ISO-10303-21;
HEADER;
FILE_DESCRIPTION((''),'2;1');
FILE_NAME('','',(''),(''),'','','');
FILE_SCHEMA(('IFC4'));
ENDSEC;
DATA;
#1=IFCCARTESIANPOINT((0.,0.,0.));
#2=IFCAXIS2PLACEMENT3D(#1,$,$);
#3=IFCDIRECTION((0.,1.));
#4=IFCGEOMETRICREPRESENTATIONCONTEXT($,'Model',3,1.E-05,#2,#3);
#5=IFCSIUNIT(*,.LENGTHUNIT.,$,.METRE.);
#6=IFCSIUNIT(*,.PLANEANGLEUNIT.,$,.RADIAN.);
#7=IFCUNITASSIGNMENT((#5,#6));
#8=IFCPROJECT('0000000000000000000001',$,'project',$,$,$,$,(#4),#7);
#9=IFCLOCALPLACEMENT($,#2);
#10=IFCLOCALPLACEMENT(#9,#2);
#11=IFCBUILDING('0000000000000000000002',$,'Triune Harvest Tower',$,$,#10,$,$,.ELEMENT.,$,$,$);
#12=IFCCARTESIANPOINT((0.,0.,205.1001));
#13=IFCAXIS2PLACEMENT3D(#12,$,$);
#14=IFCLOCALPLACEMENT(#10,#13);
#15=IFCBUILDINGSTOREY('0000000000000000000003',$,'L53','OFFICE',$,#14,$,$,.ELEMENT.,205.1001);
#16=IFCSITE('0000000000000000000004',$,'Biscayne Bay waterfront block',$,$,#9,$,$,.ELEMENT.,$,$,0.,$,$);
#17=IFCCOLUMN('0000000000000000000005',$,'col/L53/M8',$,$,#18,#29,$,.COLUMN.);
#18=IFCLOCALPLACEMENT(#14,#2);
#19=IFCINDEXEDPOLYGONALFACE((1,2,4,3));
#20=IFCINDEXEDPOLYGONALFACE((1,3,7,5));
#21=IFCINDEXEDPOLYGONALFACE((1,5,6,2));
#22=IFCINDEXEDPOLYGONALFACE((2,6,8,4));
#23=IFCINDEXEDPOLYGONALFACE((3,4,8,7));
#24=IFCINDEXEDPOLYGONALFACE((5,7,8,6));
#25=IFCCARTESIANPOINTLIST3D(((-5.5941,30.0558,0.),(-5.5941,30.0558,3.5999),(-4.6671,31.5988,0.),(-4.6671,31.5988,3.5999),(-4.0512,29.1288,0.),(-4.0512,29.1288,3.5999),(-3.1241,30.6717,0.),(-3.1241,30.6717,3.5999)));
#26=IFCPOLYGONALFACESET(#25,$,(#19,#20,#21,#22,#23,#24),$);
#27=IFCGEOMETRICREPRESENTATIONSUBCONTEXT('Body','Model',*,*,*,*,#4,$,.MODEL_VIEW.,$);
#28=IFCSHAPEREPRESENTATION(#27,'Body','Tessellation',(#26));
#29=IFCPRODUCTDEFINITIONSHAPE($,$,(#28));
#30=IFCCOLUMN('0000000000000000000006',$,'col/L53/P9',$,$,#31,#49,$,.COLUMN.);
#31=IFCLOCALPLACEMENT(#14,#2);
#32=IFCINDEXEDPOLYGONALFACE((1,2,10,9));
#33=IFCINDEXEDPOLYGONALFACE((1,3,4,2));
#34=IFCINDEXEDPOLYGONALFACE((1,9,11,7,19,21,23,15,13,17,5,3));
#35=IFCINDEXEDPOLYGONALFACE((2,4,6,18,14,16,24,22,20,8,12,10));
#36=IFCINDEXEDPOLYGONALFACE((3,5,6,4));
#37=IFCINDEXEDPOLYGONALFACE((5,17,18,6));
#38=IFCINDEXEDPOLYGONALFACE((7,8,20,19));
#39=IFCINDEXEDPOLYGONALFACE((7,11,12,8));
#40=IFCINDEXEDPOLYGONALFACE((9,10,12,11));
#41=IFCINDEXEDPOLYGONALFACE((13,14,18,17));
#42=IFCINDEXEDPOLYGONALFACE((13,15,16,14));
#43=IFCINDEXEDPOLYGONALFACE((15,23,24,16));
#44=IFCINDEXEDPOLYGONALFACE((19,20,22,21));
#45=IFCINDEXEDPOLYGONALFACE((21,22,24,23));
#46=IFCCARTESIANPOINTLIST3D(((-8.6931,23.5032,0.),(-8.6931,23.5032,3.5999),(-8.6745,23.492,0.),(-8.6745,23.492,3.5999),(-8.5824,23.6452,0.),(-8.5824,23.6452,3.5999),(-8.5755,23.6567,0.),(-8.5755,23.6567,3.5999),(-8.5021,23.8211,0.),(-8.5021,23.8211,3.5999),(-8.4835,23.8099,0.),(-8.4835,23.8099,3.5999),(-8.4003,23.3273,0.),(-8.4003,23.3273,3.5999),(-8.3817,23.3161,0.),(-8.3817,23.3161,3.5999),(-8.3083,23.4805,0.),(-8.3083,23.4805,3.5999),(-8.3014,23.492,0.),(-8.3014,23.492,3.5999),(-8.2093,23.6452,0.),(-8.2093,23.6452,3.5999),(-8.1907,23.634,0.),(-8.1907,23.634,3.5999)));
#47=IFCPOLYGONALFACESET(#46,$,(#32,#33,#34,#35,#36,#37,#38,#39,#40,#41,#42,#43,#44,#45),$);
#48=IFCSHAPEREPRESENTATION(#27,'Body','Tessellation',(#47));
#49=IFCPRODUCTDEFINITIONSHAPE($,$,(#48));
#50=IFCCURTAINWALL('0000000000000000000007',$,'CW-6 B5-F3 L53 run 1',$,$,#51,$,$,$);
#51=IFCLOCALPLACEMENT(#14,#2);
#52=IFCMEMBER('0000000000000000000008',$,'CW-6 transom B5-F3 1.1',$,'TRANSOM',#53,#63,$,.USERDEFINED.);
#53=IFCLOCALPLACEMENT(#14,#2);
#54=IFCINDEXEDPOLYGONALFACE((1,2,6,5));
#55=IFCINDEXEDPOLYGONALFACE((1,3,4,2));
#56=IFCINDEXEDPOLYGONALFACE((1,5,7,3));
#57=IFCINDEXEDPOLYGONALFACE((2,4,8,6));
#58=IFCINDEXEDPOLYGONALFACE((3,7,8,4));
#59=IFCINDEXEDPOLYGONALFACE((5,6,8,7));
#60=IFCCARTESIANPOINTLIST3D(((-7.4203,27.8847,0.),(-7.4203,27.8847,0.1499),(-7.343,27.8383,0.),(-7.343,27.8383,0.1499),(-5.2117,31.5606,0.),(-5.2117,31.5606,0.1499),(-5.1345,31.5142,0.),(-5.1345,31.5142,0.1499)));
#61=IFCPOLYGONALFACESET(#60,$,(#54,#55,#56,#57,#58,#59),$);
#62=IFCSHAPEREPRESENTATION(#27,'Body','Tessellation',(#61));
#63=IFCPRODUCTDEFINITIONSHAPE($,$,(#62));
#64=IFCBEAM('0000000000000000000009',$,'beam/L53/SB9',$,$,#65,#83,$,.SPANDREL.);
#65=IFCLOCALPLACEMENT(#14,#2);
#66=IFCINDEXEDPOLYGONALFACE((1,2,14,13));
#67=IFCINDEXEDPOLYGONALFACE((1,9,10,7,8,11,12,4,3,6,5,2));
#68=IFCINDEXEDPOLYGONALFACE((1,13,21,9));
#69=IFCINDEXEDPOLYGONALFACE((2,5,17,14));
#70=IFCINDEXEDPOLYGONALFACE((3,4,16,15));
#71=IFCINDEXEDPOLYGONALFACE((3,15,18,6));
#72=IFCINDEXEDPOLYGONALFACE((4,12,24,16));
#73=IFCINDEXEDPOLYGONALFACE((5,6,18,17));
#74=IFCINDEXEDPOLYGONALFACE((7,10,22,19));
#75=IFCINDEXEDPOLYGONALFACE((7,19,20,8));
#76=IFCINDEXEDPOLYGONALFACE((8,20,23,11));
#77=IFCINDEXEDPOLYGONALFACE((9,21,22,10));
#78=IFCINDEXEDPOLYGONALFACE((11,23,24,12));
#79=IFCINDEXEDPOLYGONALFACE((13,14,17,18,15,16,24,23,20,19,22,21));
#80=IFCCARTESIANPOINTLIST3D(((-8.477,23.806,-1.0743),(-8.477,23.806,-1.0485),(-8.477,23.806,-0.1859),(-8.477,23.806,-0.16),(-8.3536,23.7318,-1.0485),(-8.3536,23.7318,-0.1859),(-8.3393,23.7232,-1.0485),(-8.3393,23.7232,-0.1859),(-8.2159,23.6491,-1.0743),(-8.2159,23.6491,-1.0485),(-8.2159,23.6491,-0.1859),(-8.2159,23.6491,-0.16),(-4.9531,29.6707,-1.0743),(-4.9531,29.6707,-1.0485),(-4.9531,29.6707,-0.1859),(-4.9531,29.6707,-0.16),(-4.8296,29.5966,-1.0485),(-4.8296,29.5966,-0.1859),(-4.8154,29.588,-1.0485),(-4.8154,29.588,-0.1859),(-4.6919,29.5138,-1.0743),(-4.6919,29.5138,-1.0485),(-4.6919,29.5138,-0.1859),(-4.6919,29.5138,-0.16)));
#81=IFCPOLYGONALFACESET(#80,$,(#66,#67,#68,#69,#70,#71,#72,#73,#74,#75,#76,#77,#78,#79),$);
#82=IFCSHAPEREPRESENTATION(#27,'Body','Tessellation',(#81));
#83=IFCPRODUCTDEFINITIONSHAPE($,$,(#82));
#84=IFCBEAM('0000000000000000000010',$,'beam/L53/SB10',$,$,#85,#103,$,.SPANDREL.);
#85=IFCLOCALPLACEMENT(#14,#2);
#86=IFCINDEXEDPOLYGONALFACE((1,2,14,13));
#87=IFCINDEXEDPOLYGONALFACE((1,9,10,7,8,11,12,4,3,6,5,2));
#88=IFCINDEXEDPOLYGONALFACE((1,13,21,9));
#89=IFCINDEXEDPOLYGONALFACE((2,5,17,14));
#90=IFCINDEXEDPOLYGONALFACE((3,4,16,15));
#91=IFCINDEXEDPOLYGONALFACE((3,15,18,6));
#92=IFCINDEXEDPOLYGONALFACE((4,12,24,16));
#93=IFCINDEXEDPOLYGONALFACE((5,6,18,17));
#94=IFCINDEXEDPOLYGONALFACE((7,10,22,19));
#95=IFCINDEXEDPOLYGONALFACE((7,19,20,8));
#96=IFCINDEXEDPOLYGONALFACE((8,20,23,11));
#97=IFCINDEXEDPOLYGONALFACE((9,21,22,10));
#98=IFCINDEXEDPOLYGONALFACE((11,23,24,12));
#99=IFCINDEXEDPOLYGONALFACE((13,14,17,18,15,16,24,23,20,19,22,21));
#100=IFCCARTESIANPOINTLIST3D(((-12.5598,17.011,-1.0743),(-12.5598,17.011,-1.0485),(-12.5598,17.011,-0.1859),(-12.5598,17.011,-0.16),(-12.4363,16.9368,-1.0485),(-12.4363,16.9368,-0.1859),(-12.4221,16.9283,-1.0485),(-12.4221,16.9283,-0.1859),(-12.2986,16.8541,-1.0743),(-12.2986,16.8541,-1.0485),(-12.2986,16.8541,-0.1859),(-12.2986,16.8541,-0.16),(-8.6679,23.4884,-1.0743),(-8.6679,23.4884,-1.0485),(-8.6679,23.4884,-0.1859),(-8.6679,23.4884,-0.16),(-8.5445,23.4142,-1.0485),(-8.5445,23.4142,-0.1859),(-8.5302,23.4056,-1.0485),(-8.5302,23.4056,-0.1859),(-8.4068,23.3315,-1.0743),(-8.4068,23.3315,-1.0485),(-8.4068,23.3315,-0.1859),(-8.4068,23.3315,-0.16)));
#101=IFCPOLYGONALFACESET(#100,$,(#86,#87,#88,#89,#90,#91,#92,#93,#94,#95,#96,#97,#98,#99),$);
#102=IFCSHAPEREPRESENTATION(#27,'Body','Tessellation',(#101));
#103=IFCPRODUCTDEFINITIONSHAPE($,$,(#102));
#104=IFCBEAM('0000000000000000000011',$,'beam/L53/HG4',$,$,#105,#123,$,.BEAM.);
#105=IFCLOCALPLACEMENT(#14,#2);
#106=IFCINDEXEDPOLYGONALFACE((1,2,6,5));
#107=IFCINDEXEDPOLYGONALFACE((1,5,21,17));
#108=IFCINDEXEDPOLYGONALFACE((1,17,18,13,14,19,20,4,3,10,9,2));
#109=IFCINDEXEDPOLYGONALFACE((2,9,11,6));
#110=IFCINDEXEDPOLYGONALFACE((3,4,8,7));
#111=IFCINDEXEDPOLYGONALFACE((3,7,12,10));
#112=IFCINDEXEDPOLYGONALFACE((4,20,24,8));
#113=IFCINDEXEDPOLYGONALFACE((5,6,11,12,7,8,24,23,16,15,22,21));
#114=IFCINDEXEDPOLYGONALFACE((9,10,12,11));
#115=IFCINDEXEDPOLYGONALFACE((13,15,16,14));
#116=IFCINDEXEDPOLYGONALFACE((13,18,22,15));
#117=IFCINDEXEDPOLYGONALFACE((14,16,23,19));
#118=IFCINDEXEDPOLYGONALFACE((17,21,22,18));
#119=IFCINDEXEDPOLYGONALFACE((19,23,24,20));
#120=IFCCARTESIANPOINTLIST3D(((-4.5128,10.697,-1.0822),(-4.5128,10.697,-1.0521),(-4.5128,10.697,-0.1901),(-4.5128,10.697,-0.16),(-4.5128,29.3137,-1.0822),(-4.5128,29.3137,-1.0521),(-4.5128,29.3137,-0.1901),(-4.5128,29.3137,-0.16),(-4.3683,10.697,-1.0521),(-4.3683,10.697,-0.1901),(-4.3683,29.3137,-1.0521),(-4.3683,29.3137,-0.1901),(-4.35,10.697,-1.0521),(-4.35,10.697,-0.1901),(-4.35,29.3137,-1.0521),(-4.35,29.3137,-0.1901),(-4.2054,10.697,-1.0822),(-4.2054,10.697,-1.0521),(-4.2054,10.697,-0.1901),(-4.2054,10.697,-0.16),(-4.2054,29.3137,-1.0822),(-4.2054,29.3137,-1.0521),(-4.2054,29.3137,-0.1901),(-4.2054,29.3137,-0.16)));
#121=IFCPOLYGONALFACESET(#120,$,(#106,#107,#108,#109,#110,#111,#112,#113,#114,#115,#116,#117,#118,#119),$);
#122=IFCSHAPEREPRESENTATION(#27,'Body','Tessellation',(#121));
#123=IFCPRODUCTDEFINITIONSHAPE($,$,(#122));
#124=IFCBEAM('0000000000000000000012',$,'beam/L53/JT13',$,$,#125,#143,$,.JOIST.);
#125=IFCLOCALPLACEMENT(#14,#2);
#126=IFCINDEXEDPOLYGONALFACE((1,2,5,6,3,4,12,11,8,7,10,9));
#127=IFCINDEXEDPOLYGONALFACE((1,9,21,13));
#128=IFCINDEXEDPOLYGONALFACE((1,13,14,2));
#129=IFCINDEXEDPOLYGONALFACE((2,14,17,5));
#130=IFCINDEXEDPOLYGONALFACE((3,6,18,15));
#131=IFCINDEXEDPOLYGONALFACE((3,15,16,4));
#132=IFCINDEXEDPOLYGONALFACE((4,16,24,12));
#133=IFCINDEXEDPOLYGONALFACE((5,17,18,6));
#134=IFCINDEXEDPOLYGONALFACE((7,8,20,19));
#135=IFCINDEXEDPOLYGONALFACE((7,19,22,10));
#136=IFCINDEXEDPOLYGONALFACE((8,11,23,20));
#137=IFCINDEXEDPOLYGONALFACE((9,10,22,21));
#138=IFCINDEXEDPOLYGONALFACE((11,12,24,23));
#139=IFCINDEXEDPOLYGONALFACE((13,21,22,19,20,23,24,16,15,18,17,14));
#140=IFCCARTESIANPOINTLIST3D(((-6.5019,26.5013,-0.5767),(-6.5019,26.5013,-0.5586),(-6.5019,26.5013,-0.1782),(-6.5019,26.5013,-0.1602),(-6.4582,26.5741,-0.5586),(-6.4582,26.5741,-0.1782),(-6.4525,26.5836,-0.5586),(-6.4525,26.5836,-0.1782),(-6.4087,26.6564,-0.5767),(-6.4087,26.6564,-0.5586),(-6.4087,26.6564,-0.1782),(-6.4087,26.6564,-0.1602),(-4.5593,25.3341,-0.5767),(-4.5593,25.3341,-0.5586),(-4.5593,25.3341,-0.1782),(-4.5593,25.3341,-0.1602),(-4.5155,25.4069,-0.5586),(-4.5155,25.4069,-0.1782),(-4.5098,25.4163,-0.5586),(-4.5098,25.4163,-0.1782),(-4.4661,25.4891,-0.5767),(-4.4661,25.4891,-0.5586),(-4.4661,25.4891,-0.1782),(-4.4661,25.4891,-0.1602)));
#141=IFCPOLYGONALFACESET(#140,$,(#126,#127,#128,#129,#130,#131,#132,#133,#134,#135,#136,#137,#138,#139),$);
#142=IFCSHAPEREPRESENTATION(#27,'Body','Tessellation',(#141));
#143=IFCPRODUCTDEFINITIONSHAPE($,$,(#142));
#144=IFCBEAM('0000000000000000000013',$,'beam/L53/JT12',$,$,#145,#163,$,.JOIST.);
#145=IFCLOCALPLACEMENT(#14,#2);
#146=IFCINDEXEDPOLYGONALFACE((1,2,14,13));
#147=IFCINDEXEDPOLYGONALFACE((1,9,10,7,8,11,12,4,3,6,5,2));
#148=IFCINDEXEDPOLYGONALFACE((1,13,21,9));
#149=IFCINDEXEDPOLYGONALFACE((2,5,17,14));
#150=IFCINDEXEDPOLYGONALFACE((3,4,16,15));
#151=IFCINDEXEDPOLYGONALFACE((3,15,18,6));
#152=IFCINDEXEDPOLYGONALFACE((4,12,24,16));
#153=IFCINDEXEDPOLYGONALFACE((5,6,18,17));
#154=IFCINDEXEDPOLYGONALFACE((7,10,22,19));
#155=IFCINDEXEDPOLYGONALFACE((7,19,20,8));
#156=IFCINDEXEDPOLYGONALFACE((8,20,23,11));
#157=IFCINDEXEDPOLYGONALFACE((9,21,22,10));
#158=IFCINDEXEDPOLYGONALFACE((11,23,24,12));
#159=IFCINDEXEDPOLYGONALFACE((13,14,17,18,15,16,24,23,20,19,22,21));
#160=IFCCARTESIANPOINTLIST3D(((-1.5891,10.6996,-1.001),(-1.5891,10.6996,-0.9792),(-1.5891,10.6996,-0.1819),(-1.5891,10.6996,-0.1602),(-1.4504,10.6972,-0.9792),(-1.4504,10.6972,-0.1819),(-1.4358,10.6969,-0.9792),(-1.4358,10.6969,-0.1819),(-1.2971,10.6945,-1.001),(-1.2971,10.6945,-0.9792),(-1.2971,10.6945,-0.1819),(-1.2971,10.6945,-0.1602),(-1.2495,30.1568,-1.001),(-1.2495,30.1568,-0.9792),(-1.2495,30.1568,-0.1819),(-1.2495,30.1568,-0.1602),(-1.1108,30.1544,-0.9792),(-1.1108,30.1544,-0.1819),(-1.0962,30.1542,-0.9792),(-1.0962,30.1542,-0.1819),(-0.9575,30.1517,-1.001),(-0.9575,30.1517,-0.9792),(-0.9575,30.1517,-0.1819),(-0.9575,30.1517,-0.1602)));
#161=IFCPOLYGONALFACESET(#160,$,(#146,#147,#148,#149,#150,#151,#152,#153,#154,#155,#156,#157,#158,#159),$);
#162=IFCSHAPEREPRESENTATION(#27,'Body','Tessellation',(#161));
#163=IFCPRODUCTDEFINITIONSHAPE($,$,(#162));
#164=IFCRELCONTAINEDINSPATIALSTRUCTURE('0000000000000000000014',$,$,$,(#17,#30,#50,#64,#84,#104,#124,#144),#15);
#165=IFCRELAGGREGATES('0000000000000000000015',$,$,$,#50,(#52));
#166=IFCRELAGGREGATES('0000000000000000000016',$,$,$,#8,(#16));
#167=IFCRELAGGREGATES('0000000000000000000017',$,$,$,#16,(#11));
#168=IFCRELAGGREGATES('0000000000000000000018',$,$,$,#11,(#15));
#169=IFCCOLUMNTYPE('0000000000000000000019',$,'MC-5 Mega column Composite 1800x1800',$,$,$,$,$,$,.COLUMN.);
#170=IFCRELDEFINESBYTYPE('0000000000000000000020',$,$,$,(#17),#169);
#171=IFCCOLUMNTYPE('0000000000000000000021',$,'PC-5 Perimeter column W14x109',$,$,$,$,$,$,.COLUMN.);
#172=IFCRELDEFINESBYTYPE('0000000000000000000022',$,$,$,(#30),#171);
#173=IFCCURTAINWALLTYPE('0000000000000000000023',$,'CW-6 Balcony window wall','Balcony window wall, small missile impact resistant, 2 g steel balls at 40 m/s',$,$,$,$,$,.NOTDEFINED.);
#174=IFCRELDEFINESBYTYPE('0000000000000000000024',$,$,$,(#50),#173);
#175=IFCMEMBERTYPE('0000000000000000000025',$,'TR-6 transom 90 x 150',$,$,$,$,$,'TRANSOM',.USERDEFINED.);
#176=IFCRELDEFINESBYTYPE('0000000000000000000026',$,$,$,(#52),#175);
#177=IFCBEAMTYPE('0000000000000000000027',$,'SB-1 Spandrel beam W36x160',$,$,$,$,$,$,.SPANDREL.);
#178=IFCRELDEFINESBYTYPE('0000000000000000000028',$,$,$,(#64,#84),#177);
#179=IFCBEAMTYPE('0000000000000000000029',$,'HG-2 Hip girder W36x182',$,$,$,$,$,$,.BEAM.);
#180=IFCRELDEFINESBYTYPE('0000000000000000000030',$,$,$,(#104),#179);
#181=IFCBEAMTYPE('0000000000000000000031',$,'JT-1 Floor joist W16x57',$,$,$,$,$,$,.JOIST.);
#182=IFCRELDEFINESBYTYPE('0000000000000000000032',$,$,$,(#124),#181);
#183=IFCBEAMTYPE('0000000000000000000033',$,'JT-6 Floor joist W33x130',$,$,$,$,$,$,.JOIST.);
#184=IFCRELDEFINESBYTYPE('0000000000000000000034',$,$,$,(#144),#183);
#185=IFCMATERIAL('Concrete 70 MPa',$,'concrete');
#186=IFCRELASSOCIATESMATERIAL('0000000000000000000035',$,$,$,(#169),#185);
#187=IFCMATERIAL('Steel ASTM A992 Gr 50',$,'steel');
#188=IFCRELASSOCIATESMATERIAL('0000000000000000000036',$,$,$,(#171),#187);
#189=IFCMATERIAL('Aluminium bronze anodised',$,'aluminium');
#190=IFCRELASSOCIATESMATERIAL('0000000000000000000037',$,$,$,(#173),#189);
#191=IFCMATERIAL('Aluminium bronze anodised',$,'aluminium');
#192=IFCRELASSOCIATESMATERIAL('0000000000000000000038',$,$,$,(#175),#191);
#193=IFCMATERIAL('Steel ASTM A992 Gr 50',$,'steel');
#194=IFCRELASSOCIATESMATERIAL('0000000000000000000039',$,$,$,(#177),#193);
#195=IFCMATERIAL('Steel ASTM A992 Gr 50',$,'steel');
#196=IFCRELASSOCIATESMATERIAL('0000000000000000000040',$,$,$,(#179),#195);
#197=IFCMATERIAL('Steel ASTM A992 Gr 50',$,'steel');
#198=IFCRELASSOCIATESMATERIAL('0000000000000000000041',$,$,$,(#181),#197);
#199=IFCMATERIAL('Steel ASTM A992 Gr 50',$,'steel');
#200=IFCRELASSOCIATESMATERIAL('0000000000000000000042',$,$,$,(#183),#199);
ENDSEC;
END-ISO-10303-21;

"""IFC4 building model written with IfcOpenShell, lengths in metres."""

from ifc_helpers import new_model, si_unit, direction, frame, origin, origin_2d, place, context, subcontext, project, spatial, rectangle, i_section, extrude, source, transform, mapped, material, material_profile, profile_set, type_object, element, aggregate, save


model = new_model("IFC4")

# Units and contexts
model_context = context("Model", 3, precision=1e-05, world=origin(), true_north=direction((0.0, 1.0)))
body_context = subcontext(model_context, "Body", "Model", "MODEL_VIEW")
ifc_project = project(units=[si_unit("LENGTHUNIT", "METRE"), si_unit("PLANEANGLEUNIT", "RADIAN")], contexts=[model_context])

# Site, building, storey
site_placement = place(None, origin())
site = spatial("IfcSite", under=ifc_project, at=site_placement, Name="Biscayne Bay waterfront block", CompositionType="ELEMENT", RefElevation=0.0)
building_placement = place(site_placement, origin())
building = spatial("IfcBuilding", under=site, at=building_placement, Name="Triune Harvest Tower", CompositionType="ELEMENT")
storey_placement = place(building_placement, frame((0.0, 0.0, 205.1001)))
storey = spatial("IfcBuildingStorey", under=building, at=storey_placement, Name="L53", Description="OFFICE", CompositionType="ELEMENT", Elevation=205.1001)

# Columns
ifc_material_1 = material(Name="Concrete 70 MPa", Category="concrete")
ifc_material_profile_1 = material_profile(ifc_material_1, rectangle(XDim=1.8, YDim=1.8, at=origin_2d()), Name="Composite 1800x1800")
ifc_profile_set_1 = profile_set([ifc_material_profile_1], Name="Concrete 70 MPa")
column_type_1 = type_object("IfcColumnType", Name="MC-5 Mega column Composite 1800x1800", PredefinedType="COLUMN", material=ifc_profile_set_1)
shared_shape_1 = source(origin(), body_context, "Body", "SweptSolid", [
    extrude(rectangle(XDim=1.8, YDim=1.8, at=origin_2d()), origin(), (0.0, 0.0, 1.0), 3.5999),
])
column_1_placement = place(storey_placement, frame((-4.3591, 30.3638, 0.0), z_axis=(0.0, 0.0, 1.0), x_axis=(-0.515037, -0.857168, 0.0)))
element("IfcColumn", 1, at=column_1_placement, inside=storey, type_object=column_type_1, Name="col/L53/M8", PredefinedType="COLUMN", context=body_context, shape_type="MappedRepresentation", body=[
    mapped(shared_shape_1, transform((0.0, 0.0, 0.0), scale=1.0)),
])
ifc_material_2 = material(Name="Steel ASTM A992 Gr 50", Category="steel")
ifc_material_profile_2 = material_profile(ifc_material_2, i_section(OverallWidth=0.3708, OverallDepth=0.3633, WebThickness=0.0134, FlangeThickness=0.0217, at=origin_2d()), Name="W14x109")
ifc_profile_set_2 = profile_set([ifc_material_profile_2], Name="Steel ASTM A992 Gr 50")
column_type_2 = type_object("IfcColumnType", Name="PC-5 Perimeter column W14x109", PredefinedType="COLUMN", material=ifc_profile_set_2)
shared_shape_2 = source(origin(), body_context, "Body", "SweptSolid", [
    extrude(i_section(OverallWidth=0.3708, OverallDepth=0.3633, WebThickness=0.0134, FlangeThickness=0.0217, at=origin_2d()), origin(), (0.0, 0.0, 1.0), 3.5999),
])
column_2_placement = place(storey_placement, frame((-8.4419, 23.5686, 0.0), z_axis=(0.0, 0.0, 1.0), x_axis=(-0.515037, -0.857168, 0.0)))
element("IfcColumn", 2, at=column_2_placement, inside=storey, type_object=column_type_2, Name="col/L53/P9", PredefinedType="COLUMN", context=body_context, shape_type="MappedRepresentation", body=[
    mapped(shared_shape_2, transform((0.0, 0.0, 0.0), scale=1.0)),
])

# Curtain wall, member
ifc_material_3 = material(Name="Aluminium bronze anodised", Category="aluminium")
curtain_wall_type_1 = type_object("IfcCurtainWallType", Name="CW-6 Balcony window wall", Description="Balcony window wall, small missile impact resistant, 2 g steel balls at 40 m/s", PredefinedType="NOTDEFINED", material=ifc_material_3)
curtain_wall_1_placement = place(storey_placement, origin())
curtain_wall_1 = element("IfcCurtainWall", 3, at=curtain_wall_1_placement, inside=storey, type_object=curtain_wall_type_1, Name="CW-6 B5-F3 L53 run 1")
ifc_material_4 = material(Name="Aluminium bronze anodised", Category="aluminium")
ifc_material_profile_3 = material_profile(ifc_material_4, rectangle(XDim=0.0901, YDim=0.1499, at=origin_2d()), Name="TR-6 transom 90 x 150")
ifc_profile_set_3 = profile_set([ifc_material_profile_3], Name="Aluminium bronze anodised")
member_type_1 = type_object("IfcMemberType", Name="TR-6 transom 90 x 150", ElementType="TRANSOM", PredefinedType="USERDEFINED", material=ifc_profile_set_3)
member_1_placement = place(storey_placement, frame((-5.1731, 31.5374, 0.075), z_axis=(-0.515015, -0.857181, 0.0), x_axis=(0.857181, -0.515015, 0.0)))
member_1 = element("IfcMember", 4, at=member_1_placement, type_object=member_type_1, Name="CW-6 transom B5-F3 1.1", ObjectType="TRANSOM", PredefinedType="USERDEFINED", context=body_context, shape_type="SweptSolid", body=[
    extrude(rectangle(XDim=0.0901, YDim=0.1499, at=origin_2d()), origin(), (0.0, 0.0, 1.0), 4.2883),
])

# Beams
ifc_material_5 = material(Name="Steel ASTM A992 Gr 50", Category="steel")
ifc_material_profile_4 = material_profile(ifc_material_5, i_section(OverallWidth=0.3047, OverallDepth=0.9143, WebThickness=0.0166, FlangeThickness=0.0259, at=origin_2d()), Name="W36x160")
ifc_profile_set_4 = profile_set([ifc_material_profile_4], Name="Steel ASTM A992 Gr 50")
beam_type_1 = type_object("IfcBeamType", Name="SB-1 Spandrel beam W36x160", PredefinedType="SPANDREL", material=ifc_profile_set_4)
shared_shape_3 = source(origin(), body_context, "Body", "SweptSolid", [
    extrude(i_section(OverallWidth=0.3047, OverallDepth=0.9143, WebThickness=0.0166, FlangeThickness=0.0259, at=origin_2d()), origin(), (0.0, 0.0, 1.0), 6.842),
])
beam_1_placement = place(storey_placement, frame((-4.8225, 29.5923, -0.6172), z_axis=(-0.515041, -0.857165, 0.0), x_axis=(0.857165, -0.515041, 0.0)))
element("IfcBeam", 5, at=beam_1_placement, inside=storey, type_object=beam_type_1, Name="beam/L53/SB9", PredefinedType="SPANDREL", context=body_context, shape_type="MappedRepresentation", body=[
    mapped(shared_shape_3, transform((0.0, 0.0, 0.0), scale=1.0)),
])
shared_shape_4 = source(origin(), body_context, "Body", "SweptSolid", [
    extrude(i_section(OverallWidth=0.3047, OverallDepth=0.9143, WebThickness=0.0166, FlangeThickness=0.0259, at=origin_2d()), origin(), (0.0, 0.0, 1.0), 7.5566),
])
beam_2_placement = place(storey_placement, frame((-8.5374, 23.4099, -0.6172), z_axis=(-0.515028, -0.857173, 0.0), x_axis=(0.857173, -0.515028, 0.0)))
element("IfcBeam", 6, at=beam_2_placement, inside=storey, type_object=beam_type_1, Name="beam/L53/SB10", PredefinedType="SPANDREL", context=body_context, shape_type="MappedRepresentation", body=[
    mapped(shared_shape_4, transform((0.0, 0.0, 0.0), scale=1.0)),
])
ifc_material_6 = material(Name="Steel ASTM A992 Gr 50", Category="steel")
ifc_material_profile_5 = material_profile(ifc_material_6, i_section(OverallWidth=0.3074, OverallDepth=0.9221, WebThickness=0.0183, FlangeThickness=0.03, at=origin_2d()), Name="W36x182")
ifc_profile_set_5 = profile_set([ifc_material_profile_5], Name="Steel ASTM A992 Gr 50")
beam_type_2 = type_object("IfcBeamType", Name="HG-2 Hip girder W36x182", PredefinedType="BEAM", material=ifc_profile_set_5)
shared_shape_5 = source(origin(), body_context, "Body", "SweptSolid", [
    extrude(i_section(OverallWidth=0.3074, OverallDepth=0.9221, WebThickness=0.0183, FlangeThickness=0.03, at=origin_2d()), origin(), (0.0, 0.0, 1.0), 18.6167),
])
beam_3_placement = place(storey_placement, frame((-4.3591, 29.3137, -0.6211), z_axis=(0.0, -1.0, 0.0), x_axis=(1.0, 0.0, 0.0)))
element("IfcBeam", 7, at=beam_3_placement, inside=storey, type_object=beam_type_2, Name="beam/L53/HG4", PredefinedType="BEAM", context=body_context, shape_type="MappedRepresentation", body=[
    mapped(shared_shape_5, transform((0.0, 0.0, 0.0), scale=1.0)),
])
ifc_material_7 = material(Name="Steel ASTM A992 Gr 50", Category="steel")
ifc_material_profile_6 = material_profile(ifc_material_7, i_section(OverallWidth=0.1809, OverallDepth=0.4165, WebThickness=0.011, FlangeThickness=0.0181, at=origin_2d()), Name="W16x57")
ifc_profile_set_6 = profile_set([ifc_material_profile_6], Name="Steel ASTM A992 Gr 50")
beam_type_3 = type_object("IfcBeamType", Name="JT-1 Floor joist W16x57", PredefinedType="JOIST", material=ifc_profile_set_6)
shared_shape_6 = source(origin(), body_context, "Body", "SweptSolid", [
    extrude(i_section(OverallWidth=0.1809, OverallDepth=0.4165, WebThickness=0.011, FlangeThickness=0.0181, at=origin_2d()), origin(), (0.0, 0.0, 1.0), 2.2664),
])
beam_4_placement = place(storey_placement, frame((-6.4553, 26.5789, -0.3684), z_axis=(0.85717, -0.515034, 0.0), x_axis=(0.515034, 0.85717, 0.0)))
element("IfcBeam", 8, at=beam_4_placement, inside=storey, type_object=beam_type_3, Name="beam/L53/JT13", PredefinedType="JOIST", context=body_context, shape_type="MappedRepresentation", body=[
    mapped(shared_shape_6, transform((0.0, 0.0, 0.0), scale=1.0)),
])
ifc_material_8 = material(Name="Steel ASTM A992 Gr 50", Category="steel")
ifc_material_profile_7 = material_profile(ifc_material_8, i_section(OverallWidth=0.292, OverallDepth=0.8408, WebThickness=0.0146, FlangeThickness=0.0217, at=origin_2d()), Name="W33x130")
ifc_profile_set_7 = profile_set([ifc_material_profile_7], Name="Steel ASTM A992 Gr 50")
beam_type_4 = type_object("IfcBeamType", Name="JT-6 Floor joist W33x130", PredefinedType="JOIST", material=ifc_profile_set_7)
shared_shape_7 = source(origin(), body_context, "Body", "SweptSolid", [
    extrude(i_section(OverallWidth=0.292, OverallDepth=0.8408, WebThickness=0.0146, FlangeThickness=0.0217, at=origin_2d()), origin(), (0.0, 0.0, 1.0), 19.4602),
])
beam_5_placement = place(storey_placement, frame((-1.1035, 30.1543, -0.5806), z_axis=(-0.017451, -0.999848, 0.0), x_axis=(0.999848, -0.017451, 0.0)))
element("IfcBeam", 9, at=beam_5_placement, inside=storey, type_object=beam_type_4, Name="beam/L53/JT12", PredefinedType="JOIST", context=body_context, shape_type="MappedRepresentation", body=[
    mapped(shared_shape_7, transform((0.0, 0.0, 0.0), scale=1.0)),
])

aggregate(curtain_wall_1, [member_1])

save(model, "model.ifc")
